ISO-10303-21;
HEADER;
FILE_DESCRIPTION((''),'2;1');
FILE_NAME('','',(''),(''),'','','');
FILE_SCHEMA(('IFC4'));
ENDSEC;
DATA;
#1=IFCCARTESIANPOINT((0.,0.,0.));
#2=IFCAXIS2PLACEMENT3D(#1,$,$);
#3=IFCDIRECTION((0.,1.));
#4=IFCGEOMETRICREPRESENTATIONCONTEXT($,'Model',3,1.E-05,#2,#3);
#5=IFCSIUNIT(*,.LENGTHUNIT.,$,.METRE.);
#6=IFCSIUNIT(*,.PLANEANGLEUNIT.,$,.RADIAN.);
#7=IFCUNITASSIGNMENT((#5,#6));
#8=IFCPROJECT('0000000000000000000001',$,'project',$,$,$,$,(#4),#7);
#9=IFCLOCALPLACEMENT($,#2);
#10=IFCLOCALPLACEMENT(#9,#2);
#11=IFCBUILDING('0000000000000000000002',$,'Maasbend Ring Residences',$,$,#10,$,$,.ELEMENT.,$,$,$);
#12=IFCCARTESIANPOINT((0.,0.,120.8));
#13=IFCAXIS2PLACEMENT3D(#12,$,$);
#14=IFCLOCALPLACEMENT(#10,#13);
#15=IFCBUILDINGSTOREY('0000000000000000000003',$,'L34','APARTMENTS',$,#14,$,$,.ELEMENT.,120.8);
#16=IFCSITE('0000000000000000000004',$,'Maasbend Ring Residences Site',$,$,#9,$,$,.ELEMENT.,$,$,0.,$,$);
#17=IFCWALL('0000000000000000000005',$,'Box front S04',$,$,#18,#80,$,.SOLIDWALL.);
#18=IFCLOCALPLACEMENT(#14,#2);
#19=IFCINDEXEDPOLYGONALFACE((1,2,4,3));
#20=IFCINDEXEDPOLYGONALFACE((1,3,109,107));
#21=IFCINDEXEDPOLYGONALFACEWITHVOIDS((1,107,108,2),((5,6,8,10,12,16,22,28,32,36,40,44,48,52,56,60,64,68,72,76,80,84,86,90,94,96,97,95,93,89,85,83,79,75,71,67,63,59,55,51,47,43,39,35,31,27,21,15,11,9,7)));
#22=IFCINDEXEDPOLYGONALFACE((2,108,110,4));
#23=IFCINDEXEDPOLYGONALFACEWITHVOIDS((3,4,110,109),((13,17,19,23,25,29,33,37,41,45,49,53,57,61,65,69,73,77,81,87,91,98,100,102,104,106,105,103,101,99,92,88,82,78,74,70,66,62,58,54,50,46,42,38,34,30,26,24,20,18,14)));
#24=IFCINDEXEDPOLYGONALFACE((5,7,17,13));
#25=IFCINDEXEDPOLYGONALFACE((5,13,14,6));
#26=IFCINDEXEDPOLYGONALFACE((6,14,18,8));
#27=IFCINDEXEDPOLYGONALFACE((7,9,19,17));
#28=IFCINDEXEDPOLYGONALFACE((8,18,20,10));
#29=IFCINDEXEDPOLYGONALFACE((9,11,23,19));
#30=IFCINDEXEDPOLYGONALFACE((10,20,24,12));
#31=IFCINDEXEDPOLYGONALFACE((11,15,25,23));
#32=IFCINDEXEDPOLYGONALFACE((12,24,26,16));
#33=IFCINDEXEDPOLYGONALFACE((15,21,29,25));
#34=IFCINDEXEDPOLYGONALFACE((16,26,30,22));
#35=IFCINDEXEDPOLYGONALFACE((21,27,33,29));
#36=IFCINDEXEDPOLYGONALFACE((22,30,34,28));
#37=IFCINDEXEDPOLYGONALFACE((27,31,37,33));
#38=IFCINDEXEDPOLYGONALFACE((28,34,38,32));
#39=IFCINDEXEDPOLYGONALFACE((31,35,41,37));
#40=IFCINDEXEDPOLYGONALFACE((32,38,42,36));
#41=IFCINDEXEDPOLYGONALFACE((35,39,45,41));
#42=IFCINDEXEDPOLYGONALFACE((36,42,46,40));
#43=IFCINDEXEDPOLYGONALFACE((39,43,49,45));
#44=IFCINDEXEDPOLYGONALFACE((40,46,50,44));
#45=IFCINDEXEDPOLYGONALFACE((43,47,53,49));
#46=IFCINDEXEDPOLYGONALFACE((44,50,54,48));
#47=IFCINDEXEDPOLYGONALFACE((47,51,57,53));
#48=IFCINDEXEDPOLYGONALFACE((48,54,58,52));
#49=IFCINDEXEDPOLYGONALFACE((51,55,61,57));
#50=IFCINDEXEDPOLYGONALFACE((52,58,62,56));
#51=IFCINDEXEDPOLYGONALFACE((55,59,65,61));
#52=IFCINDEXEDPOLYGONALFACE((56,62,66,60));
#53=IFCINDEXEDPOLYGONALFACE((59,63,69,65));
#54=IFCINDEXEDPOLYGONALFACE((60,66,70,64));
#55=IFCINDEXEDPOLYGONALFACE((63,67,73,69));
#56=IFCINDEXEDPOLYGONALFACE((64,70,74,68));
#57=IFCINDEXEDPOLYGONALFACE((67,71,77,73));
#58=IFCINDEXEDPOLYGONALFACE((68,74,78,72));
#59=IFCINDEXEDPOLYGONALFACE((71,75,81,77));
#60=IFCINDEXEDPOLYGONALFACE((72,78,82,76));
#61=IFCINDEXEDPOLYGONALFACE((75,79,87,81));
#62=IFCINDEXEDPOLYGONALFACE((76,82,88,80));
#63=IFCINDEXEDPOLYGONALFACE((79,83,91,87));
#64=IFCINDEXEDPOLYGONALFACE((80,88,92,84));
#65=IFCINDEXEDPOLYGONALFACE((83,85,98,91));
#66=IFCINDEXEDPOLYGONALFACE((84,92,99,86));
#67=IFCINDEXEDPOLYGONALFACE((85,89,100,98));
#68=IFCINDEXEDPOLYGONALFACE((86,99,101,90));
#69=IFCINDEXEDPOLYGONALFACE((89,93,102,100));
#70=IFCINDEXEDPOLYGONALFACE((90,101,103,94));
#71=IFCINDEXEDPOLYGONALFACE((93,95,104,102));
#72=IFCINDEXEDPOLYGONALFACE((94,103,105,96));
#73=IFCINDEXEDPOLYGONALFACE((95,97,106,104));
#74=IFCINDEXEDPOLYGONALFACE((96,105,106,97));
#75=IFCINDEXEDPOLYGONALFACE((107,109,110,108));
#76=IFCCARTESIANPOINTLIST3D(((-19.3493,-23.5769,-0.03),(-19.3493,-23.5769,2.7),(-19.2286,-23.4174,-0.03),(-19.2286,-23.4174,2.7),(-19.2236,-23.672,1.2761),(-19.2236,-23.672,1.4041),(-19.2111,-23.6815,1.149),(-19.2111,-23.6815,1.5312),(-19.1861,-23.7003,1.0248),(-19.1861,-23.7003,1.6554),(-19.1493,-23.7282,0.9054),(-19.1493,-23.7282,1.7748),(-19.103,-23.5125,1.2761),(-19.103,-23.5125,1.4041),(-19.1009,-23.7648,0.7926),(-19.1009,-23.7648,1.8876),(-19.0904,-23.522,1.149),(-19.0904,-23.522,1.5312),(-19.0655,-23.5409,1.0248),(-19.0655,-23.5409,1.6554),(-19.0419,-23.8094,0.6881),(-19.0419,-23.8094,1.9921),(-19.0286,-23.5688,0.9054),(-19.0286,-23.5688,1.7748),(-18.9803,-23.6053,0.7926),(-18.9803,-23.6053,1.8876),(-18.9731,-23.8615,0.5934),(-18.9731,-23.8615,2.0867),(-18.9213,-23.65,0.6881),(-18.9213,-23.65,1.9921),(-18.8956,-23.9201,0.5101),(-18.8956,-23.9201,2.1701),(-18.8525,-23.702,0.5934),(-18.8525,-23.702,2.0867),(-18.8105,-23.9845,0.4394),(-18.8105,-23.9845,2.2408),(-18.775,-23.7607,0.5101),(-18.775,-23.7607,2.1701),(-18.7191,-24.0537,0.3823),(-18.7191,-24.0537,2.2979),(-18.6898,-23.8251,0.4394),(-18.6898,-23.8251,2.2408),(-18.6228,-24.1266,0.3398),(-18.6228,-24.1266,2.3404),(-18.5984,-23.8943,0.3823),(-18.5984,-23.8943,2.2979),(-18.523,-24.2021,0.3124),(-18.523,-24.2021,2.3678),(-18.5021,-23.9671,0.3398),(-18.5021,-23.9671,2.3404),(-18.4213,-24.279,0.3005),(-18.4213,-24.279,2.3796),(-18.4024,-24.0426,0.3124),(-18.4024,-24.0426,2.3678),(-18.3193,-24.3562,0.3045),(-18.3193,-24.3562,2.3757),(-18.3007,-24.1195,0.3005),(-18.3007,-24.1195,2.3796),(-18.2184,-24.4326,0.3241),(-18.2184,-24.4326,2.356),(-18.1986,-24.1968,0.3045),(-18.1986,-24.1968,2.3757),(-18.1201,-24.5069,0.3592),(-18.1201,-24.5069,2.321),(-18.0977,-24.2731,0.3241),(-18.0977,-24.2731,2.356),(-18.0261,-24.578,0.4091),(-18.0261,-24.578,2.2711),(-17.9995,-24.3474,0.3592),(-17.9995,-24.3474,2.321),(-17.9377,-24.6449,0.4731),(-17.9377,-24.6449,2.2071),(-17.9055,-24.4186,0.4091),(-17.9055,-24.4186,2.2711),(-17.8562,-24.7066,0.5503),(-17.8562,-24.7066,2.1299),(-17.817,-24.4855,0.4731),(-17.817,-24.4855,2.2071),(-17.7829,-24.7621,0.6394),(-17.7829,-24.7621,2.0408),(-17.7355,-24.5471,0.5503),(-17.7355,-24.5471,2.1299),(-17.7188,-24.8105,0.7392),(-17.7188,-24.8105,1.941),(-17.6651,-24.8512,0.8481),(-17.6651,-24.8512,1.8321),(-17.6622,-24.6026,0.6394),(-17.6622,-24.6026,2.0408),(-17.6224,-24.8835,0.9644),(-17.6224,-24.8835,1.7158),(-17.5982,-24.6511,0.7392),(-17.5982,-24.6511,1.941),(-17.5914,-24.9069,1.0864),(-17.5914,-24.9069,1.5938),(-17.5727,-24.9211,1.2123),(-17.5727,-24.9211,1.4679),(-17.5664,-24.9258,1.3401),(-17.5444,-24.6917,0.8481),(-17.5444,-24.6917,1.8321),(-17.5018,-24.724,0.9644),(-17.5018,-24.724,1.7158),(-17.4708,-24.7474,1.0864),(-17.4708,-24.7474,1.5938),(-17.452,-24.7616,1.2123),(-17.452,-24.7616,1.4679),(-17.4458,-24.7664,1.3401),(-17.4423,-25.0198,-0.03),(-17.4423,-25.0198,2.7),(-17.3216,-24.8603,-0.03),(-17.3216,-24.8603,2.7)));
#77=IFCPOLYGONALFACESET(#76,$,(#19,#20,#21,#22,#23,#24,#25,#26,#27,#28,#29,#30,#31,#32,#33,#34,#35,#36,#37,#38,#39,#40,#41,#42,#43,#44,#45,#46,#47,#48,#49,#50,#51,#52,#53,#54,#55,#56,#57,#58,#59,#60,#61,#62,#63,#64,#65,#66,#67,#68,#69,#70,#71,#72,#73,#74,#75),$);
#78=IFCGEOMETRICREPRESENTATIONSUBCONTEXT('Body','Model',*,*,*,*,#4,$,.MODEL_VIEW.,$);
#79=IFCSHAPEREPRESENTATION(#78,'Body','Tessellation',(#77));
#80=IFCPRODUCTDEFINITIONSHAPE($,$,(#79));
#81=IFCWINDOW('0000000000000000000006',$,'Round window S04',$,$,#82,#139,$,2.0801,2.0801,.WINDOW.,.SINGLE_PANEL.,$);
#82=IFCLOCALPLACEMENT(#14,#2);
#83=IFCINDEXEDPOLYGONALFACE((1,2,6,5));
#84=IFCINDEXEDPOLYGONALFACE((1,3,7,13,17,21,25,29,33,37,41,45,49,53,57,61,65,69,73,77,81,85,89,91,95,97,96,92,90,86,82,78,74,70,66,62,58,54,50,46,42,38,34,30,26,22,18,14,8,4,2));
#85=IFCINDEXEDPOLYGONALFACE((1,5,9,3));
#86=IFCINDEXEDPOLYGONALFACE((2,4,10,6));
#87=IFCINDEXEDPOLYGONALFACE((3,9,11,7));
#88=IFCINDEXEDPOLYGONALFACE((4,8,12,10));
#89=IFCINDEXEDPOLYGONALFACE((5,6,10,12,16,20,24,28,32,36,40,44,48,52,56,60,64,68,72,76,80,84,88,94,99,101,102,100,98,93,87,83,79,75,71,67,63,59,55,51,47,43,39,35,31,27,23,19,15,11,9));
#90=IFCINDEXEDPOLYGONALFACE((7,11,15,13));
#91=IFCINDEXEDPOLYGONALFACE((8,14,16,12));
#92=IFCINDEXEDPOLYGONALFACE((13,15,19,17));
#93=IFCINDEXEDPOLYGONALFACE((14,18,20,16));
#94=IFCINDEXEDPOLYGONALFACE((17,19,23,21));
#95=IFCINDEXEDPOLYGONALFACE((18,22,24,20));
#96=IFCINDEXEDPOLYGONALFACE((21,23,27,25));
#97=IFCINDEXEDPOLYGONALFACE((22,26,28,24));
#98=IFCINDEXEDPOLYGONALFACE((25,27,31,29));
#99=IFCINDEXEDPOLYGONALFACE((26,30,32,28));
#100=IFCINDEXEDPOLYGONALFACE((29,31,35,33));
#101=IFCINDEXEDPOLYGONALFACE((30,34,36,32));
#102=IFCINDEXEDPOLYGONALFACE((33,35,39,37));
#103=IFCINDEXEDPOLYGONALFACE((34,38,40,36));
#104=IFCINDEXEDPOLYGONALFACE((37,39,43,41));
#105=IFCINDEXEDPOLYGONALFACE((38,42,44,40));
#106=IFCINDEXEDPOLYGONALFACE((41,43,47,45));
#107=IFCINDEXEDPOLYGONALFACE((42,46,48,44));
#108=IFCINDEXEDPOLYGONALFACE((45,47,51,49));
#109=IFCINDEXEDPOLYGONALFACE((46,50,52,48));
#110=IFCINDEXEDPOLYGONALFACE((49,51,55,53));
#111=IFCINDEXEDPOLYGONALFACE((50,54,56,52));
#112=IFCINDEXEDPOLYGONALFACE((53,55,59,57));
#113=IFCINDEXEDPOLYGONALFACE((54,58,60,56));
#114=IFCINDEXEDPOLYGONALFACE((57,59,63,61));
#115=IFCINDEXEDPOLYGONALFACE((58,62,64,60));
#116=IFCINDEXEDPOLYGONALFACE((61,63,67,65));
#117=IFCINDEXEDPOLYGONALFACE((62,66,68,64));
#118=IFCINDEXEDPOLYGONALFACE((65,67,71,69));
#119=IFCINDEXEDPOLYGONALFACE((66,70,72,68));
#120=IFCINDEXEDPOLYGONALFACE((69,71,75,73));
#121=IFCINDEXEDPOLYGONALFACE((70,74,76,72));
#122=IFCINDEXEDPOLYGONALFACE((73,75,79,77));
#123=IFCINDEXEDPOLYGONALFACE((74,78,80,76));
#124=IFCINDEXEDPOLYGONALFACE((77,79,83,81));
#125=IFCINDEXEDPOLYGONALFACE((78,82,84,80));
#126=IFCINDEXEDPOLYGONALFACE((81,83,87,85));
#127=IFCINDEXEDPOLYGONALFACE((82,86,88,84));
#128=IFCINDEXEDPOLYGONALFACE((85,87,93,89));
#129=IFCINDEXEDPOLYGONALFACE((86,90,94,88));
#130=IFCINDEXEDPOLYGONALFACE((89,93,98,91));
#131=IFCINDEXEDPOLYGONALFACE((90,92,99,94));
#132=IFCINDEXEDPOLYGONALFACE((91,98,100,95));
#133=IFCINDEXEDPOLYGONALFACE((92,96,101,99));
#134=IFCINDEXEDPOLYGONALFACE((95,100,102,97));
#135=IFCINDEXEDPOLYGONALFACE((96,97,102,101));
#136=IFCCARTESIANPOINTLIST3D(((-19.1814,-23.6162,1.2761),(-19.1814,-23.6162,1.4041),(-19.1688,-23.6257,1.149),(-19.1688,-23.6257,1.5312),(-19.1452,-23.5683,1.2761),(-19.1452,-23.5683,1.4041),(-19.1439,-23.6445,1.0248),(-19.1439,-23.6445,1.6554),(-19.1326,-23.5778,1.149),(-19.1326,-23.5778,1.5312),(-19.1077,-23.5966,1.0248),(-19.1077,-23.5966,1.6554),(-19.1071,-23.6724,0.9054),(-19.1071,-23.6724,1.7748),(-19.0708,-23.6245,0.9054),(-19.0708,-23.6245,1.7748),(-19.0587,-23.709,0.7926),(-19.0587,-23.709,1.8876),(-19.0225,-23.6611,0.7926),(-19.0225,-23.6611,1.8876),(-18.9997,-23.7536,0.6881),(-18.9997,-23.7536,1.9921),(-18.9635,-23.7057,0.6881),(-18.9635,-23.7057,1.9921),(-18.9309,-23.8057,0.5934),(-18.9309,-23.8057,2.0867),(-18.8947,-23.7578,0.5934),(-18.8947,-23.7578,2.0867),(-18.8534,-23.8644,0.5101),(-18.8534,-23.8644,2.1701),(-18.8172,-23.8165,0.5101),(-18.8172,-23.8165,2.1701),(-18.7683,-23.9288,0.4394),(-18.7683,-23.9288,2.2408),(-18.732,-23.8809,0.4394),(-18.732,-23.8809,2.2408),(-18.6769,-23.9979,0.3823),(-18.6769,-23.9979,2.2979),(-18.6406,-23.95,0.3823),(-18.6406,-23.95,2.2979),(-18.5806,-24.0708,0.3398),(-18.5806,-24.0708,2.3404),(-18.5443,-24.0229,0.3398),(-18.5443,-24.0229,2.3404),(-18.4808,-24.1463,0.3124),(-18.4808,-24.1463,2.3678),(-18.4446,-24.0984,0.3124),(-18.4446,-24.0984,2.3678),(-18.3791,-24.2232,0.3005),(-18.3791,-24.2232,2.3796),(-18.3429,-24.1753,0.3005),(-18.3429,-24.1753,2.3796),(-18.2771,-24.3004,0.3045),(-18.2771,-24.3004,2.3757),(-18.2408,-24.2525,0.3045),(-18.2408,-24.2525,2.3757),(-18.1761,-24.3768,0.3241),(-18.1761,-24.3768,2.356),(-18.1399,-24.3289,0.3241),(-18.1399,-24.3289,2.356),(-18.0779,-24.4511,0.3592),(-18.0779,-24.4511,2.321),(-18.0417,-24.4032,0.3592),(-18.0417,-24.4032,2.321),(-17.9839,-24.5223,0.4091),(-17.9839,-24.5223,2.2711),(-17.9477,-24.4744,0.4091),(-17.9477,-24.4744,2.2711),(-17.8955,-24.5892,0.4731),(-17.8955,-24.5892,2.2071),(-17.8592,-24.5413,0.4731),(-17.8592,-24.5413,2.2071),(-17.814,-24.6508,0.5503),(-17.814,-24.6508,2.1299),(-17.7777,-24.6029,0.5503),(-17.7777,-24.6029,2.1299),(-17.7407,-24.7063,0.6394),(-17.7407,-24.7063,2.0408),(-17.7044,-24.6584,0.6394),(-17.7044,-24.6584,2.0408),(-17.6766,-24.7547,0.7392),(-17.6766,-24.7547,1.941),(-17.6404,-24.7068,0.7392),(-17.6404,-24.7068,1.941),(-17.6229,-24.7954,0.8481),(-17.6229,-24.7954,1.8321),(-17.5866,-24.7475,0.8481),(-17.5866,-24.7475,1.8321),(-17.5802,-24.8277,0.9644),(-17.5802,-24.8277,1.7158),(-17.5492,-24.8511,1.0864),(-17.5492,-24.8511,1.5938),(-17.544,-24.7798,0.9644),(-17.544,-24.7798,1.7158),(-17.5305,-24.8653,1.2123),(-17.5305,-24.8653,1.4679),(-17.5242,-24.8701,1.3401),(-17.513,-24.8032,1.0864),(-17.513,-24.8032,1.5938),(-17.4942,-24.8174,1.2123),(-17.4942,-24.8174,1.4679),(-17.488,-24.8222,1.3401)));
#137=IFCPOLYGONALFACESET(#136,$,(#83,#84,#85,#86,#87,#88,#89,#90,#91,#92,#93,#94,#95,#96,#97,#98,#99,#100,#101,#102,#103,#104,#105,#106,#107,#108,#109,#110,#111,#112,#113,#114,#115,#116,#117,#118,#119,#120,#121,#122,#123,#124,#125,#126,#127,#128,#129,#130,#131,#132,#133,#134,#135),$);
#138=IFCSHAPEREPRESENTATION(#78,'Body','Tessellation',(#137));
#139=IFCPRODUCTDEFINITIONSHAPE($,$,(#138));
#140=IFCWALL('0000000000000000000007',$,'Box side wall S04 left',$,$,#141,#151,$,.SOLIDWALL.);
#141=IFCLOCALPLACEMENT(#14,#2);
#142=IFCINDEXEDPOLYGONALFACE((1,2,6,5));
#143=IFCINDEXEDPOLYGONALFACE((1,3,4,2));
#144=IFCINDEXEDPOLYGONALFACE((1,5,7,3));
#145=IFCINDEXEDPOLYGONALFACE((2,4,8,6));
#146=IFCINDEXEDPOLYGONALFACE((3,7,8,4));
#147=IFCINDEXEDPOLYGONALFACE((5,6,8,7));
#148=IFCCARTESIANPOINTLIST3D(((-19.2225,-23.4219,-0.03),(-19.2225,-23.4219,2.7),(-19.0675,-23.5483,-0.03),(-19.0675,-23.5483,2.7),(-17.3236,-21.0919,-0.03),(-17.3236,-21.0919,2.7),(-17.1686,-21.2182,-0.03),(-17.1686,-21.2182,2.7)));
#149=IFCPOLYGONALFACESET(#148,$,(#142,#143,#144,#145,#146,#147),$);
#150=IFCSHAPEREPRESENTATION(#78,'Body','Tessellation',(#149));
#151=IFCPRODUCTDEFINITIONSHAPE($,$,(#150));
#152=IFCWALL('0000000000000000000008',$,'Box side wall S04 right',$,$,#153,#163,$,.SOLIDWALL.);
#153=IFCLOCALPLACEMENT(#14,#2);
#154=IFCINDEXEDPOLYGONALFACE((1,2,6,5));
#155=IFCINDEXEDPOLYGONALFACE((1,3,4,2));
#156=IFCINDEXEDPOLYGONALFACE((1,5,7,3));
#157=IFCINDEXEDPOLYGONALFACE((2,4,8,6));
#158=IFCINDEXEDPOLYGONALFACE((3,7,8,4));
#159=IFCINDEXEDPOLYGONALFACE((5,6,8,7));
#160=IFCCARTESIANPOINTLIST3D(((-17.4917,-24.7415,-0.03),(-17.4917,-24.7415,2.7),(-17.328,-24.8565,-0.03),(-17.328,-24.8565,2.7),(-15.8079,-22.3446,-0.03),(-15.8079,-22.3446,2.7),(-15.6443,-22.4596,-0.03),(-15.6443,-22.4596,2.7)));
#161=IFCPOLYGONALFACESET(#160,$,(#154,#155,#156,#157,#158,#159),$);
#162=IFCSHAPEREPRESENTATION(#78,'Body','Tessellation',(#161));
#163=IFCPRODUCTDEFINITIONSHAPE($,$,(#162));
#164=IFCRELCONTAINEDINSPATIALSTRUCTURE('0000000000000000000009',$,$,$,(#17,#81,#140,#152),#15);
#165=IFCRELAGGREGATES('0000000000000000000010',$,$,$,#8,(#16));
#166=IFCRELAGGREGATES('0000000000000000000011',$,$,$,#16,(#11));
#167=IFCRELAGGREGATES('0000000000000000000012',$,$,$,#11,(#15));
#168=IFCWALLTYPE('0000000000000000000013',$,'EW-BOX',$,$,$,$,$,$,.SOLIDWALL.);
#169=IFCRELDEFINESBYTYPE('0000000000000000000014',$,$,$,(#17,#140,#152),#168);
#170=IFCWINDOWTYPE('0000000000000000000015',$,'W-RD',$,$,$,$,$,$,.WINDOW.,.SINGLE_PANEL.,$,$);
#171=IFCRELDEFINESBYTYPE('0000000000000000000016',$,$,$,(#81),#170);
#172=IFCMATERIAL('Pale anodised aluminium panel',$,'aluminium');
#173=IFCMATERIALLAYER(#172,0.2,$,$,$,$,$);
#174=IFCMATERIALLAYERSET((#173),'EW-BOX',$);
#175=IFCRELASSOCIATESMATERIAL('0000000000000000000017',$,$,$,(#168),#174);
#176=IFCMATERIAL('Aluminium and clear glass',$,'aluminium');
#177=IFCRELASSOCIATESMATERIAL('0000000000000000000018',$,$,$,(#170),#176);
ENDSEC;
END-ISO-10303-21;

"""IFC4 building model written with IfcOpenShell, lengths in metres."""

from ifc_helpers import new_model, si_unit, direction, frame, frame_2d, origin, place, context, subcontext, project, spatial, rectangle, circle, extrude, material, layer, layer_set, type_object, element, fill, save


model = new_model("IFC4")

# Units and contexts
model_context = context("Model", 3, precision=1e-05, world=origin(), true_north=direction((0.0, 1.0)))
body_context = subcontext(model_context, "Body", "Model", "MODEL_VIEW")
ifc_project = project(units=[si_unit("LENGTHUNIT", "METRE"), si_unit("PLANEANGLEUNIT", "RADIAN")], contexts=[model_context])

# Site, building, storey
site_placement = place(None, origin())
site = spatial("IfcSite", under=ifc_project, at=site_placement, Name="Maasbend Ring Residences Site", CompositionType="ELEMENT", RefElevation=0.0)
building_placement = place(site_placement, origin())
building = spatial("IfcBuilding", under=site, at=building_placement, Name="Maasbend Ring Residences", CompositionType="ELEMENT")
storey_placement = place(building_placement, frame((0.0, 0.0, 120.8)))
storey = spatial("IfcBuildingStorey", under=building, at=storey_placement, Name="L34", Description="APARTMENTS", CompositionType="ELEMENT", Elevation=120.8)

# Shared definitions
ifc_material_1 = material(Name="Pale anodised aluminium panel", Category="aluminium")
ifc_layer_1 = layer(ifc_material_1, 0.2)
ifc_layer_set_1 = layer_set([ifc_layer_1], Name="EW-BOX")
wall_type_1 = type_object("IfcWallType", Name="EW-BOX", PredefinedType="SOLIDWALL", material=ifc_layer_set_1)
ifc_material_2 = material(Name="Aluminium and clear glass", Category="aluminium")
window_type_1 = type_object("IfcWindowType", Name="W-RD", PartitioningType="SINGLE_PANEL", PredefinedType="WINDOW", material=ifc_material_2)

# Wall, opening, window
wall_1_placement = place(storey_placement, frame((-19.2891, -23.4971, -0.03), z_axis=(0.0, 0.0, 1.0), x_axis=(0.797457, -0.603376, 0.0)))
wall_1 = element("IfcWall", 1, at=wall_1_placement, inside=storey, type_object=wall_type_1, Name="Box front S04", PredefinedType="SOLIDWALL", context=body_context, shape_type="SweptSolid", body=[
    extrude(rectangle(XDim=2.3914, YDim=0.2, at=frame_2d((1.1958, 0.0))), origin(), (0.0, 0.0, 1.0), 2.73),
])
opening_1_placement = place(wall_1_placement, frame((0.1558, 0.0, 0.3301)))
opening_1 = element("IfcOpeningElement", 2, at=opening_1_placement, cuts=wall_1, PredefinedType="OPENING", context=body_context, shape_type="SweptSolid", body=[
    extrude(circle(Radius=1.04, at=frame_2d((1.04, 1.04))), frame((0.0, 0.1099, 0.0), z_axis=(0.0, -1.0, 0.0), x_axis=(1.0, 0.0, 0.0)), (0.0, 0.0, 1.0), 0.22),
])
window_1_placement = place(opening_1_placement, origin())
window_1 = element("IfcWindow", 3, at=window_1_placement, inside=storey, type_object=window_type_1, Name="Round window S04", OverallHeight=2.0801, OverallWidth=2.0801, PartitioningType="SINGLE_PANEL", PredefinedType="WINDOW", context=body_context, shape_type="SweptSolid", body=[
    extrude(circle(Radius=1.04, at=frame_2d((1.04, 1.04))), frame((0.0, 0.03, 0.0), z_axis=(0.0, -1.0, 0.0), x_axis=(1.0, 0.0, 0.0)), (0.0, 0.0, 1.0), 0.0601),
])
fill(opening_1, window_1)

# Walls
wall_2_placement = place(storey_placement, frame((-17.2461, -21.155, -0.03), z_axis=(0.0, 0.0, 1.0), x_axis=(-0.631742, -0.775179, 0.0)))
element("IfcWall", 4, at=wall_2_placement, inside=storey, type_object=wall_type_1, Name="Box side wall S04 left", PredefinedType="SOLIDWALL", context=body_context, shape_type="SweptSolid", body=[
    extrude(rectangle(XDim=3.0059, YDim=0.2, at=frame_2d((1.5029, 0.0))), origin(), (0.0, 0.0, 1.0), 2.73),
])
wall_3_placement = place(storey_placement, frame((-15.7261, -22.4021, -0.03), z_axis=(0.0, 0.0, 1.0), x_axis=(-0.574826, -0.818275, 0.0)))
element("IfcWall", 5, at=wall_3_placement, inside=storey, type_object=wall_type_1, Name="Box side wall S04 right", PredefinedType="SOLIDWALL", context=body_context, shape_type="SweptSolid", body=[
    extrude(rectangle(XDim=2.9292, YDim=0.2, at=frame_2d((1.4646, 0.0))), origin(), (0.0, 0.0, 1.0), 2.73),
])

save(model, "model.ifc")
